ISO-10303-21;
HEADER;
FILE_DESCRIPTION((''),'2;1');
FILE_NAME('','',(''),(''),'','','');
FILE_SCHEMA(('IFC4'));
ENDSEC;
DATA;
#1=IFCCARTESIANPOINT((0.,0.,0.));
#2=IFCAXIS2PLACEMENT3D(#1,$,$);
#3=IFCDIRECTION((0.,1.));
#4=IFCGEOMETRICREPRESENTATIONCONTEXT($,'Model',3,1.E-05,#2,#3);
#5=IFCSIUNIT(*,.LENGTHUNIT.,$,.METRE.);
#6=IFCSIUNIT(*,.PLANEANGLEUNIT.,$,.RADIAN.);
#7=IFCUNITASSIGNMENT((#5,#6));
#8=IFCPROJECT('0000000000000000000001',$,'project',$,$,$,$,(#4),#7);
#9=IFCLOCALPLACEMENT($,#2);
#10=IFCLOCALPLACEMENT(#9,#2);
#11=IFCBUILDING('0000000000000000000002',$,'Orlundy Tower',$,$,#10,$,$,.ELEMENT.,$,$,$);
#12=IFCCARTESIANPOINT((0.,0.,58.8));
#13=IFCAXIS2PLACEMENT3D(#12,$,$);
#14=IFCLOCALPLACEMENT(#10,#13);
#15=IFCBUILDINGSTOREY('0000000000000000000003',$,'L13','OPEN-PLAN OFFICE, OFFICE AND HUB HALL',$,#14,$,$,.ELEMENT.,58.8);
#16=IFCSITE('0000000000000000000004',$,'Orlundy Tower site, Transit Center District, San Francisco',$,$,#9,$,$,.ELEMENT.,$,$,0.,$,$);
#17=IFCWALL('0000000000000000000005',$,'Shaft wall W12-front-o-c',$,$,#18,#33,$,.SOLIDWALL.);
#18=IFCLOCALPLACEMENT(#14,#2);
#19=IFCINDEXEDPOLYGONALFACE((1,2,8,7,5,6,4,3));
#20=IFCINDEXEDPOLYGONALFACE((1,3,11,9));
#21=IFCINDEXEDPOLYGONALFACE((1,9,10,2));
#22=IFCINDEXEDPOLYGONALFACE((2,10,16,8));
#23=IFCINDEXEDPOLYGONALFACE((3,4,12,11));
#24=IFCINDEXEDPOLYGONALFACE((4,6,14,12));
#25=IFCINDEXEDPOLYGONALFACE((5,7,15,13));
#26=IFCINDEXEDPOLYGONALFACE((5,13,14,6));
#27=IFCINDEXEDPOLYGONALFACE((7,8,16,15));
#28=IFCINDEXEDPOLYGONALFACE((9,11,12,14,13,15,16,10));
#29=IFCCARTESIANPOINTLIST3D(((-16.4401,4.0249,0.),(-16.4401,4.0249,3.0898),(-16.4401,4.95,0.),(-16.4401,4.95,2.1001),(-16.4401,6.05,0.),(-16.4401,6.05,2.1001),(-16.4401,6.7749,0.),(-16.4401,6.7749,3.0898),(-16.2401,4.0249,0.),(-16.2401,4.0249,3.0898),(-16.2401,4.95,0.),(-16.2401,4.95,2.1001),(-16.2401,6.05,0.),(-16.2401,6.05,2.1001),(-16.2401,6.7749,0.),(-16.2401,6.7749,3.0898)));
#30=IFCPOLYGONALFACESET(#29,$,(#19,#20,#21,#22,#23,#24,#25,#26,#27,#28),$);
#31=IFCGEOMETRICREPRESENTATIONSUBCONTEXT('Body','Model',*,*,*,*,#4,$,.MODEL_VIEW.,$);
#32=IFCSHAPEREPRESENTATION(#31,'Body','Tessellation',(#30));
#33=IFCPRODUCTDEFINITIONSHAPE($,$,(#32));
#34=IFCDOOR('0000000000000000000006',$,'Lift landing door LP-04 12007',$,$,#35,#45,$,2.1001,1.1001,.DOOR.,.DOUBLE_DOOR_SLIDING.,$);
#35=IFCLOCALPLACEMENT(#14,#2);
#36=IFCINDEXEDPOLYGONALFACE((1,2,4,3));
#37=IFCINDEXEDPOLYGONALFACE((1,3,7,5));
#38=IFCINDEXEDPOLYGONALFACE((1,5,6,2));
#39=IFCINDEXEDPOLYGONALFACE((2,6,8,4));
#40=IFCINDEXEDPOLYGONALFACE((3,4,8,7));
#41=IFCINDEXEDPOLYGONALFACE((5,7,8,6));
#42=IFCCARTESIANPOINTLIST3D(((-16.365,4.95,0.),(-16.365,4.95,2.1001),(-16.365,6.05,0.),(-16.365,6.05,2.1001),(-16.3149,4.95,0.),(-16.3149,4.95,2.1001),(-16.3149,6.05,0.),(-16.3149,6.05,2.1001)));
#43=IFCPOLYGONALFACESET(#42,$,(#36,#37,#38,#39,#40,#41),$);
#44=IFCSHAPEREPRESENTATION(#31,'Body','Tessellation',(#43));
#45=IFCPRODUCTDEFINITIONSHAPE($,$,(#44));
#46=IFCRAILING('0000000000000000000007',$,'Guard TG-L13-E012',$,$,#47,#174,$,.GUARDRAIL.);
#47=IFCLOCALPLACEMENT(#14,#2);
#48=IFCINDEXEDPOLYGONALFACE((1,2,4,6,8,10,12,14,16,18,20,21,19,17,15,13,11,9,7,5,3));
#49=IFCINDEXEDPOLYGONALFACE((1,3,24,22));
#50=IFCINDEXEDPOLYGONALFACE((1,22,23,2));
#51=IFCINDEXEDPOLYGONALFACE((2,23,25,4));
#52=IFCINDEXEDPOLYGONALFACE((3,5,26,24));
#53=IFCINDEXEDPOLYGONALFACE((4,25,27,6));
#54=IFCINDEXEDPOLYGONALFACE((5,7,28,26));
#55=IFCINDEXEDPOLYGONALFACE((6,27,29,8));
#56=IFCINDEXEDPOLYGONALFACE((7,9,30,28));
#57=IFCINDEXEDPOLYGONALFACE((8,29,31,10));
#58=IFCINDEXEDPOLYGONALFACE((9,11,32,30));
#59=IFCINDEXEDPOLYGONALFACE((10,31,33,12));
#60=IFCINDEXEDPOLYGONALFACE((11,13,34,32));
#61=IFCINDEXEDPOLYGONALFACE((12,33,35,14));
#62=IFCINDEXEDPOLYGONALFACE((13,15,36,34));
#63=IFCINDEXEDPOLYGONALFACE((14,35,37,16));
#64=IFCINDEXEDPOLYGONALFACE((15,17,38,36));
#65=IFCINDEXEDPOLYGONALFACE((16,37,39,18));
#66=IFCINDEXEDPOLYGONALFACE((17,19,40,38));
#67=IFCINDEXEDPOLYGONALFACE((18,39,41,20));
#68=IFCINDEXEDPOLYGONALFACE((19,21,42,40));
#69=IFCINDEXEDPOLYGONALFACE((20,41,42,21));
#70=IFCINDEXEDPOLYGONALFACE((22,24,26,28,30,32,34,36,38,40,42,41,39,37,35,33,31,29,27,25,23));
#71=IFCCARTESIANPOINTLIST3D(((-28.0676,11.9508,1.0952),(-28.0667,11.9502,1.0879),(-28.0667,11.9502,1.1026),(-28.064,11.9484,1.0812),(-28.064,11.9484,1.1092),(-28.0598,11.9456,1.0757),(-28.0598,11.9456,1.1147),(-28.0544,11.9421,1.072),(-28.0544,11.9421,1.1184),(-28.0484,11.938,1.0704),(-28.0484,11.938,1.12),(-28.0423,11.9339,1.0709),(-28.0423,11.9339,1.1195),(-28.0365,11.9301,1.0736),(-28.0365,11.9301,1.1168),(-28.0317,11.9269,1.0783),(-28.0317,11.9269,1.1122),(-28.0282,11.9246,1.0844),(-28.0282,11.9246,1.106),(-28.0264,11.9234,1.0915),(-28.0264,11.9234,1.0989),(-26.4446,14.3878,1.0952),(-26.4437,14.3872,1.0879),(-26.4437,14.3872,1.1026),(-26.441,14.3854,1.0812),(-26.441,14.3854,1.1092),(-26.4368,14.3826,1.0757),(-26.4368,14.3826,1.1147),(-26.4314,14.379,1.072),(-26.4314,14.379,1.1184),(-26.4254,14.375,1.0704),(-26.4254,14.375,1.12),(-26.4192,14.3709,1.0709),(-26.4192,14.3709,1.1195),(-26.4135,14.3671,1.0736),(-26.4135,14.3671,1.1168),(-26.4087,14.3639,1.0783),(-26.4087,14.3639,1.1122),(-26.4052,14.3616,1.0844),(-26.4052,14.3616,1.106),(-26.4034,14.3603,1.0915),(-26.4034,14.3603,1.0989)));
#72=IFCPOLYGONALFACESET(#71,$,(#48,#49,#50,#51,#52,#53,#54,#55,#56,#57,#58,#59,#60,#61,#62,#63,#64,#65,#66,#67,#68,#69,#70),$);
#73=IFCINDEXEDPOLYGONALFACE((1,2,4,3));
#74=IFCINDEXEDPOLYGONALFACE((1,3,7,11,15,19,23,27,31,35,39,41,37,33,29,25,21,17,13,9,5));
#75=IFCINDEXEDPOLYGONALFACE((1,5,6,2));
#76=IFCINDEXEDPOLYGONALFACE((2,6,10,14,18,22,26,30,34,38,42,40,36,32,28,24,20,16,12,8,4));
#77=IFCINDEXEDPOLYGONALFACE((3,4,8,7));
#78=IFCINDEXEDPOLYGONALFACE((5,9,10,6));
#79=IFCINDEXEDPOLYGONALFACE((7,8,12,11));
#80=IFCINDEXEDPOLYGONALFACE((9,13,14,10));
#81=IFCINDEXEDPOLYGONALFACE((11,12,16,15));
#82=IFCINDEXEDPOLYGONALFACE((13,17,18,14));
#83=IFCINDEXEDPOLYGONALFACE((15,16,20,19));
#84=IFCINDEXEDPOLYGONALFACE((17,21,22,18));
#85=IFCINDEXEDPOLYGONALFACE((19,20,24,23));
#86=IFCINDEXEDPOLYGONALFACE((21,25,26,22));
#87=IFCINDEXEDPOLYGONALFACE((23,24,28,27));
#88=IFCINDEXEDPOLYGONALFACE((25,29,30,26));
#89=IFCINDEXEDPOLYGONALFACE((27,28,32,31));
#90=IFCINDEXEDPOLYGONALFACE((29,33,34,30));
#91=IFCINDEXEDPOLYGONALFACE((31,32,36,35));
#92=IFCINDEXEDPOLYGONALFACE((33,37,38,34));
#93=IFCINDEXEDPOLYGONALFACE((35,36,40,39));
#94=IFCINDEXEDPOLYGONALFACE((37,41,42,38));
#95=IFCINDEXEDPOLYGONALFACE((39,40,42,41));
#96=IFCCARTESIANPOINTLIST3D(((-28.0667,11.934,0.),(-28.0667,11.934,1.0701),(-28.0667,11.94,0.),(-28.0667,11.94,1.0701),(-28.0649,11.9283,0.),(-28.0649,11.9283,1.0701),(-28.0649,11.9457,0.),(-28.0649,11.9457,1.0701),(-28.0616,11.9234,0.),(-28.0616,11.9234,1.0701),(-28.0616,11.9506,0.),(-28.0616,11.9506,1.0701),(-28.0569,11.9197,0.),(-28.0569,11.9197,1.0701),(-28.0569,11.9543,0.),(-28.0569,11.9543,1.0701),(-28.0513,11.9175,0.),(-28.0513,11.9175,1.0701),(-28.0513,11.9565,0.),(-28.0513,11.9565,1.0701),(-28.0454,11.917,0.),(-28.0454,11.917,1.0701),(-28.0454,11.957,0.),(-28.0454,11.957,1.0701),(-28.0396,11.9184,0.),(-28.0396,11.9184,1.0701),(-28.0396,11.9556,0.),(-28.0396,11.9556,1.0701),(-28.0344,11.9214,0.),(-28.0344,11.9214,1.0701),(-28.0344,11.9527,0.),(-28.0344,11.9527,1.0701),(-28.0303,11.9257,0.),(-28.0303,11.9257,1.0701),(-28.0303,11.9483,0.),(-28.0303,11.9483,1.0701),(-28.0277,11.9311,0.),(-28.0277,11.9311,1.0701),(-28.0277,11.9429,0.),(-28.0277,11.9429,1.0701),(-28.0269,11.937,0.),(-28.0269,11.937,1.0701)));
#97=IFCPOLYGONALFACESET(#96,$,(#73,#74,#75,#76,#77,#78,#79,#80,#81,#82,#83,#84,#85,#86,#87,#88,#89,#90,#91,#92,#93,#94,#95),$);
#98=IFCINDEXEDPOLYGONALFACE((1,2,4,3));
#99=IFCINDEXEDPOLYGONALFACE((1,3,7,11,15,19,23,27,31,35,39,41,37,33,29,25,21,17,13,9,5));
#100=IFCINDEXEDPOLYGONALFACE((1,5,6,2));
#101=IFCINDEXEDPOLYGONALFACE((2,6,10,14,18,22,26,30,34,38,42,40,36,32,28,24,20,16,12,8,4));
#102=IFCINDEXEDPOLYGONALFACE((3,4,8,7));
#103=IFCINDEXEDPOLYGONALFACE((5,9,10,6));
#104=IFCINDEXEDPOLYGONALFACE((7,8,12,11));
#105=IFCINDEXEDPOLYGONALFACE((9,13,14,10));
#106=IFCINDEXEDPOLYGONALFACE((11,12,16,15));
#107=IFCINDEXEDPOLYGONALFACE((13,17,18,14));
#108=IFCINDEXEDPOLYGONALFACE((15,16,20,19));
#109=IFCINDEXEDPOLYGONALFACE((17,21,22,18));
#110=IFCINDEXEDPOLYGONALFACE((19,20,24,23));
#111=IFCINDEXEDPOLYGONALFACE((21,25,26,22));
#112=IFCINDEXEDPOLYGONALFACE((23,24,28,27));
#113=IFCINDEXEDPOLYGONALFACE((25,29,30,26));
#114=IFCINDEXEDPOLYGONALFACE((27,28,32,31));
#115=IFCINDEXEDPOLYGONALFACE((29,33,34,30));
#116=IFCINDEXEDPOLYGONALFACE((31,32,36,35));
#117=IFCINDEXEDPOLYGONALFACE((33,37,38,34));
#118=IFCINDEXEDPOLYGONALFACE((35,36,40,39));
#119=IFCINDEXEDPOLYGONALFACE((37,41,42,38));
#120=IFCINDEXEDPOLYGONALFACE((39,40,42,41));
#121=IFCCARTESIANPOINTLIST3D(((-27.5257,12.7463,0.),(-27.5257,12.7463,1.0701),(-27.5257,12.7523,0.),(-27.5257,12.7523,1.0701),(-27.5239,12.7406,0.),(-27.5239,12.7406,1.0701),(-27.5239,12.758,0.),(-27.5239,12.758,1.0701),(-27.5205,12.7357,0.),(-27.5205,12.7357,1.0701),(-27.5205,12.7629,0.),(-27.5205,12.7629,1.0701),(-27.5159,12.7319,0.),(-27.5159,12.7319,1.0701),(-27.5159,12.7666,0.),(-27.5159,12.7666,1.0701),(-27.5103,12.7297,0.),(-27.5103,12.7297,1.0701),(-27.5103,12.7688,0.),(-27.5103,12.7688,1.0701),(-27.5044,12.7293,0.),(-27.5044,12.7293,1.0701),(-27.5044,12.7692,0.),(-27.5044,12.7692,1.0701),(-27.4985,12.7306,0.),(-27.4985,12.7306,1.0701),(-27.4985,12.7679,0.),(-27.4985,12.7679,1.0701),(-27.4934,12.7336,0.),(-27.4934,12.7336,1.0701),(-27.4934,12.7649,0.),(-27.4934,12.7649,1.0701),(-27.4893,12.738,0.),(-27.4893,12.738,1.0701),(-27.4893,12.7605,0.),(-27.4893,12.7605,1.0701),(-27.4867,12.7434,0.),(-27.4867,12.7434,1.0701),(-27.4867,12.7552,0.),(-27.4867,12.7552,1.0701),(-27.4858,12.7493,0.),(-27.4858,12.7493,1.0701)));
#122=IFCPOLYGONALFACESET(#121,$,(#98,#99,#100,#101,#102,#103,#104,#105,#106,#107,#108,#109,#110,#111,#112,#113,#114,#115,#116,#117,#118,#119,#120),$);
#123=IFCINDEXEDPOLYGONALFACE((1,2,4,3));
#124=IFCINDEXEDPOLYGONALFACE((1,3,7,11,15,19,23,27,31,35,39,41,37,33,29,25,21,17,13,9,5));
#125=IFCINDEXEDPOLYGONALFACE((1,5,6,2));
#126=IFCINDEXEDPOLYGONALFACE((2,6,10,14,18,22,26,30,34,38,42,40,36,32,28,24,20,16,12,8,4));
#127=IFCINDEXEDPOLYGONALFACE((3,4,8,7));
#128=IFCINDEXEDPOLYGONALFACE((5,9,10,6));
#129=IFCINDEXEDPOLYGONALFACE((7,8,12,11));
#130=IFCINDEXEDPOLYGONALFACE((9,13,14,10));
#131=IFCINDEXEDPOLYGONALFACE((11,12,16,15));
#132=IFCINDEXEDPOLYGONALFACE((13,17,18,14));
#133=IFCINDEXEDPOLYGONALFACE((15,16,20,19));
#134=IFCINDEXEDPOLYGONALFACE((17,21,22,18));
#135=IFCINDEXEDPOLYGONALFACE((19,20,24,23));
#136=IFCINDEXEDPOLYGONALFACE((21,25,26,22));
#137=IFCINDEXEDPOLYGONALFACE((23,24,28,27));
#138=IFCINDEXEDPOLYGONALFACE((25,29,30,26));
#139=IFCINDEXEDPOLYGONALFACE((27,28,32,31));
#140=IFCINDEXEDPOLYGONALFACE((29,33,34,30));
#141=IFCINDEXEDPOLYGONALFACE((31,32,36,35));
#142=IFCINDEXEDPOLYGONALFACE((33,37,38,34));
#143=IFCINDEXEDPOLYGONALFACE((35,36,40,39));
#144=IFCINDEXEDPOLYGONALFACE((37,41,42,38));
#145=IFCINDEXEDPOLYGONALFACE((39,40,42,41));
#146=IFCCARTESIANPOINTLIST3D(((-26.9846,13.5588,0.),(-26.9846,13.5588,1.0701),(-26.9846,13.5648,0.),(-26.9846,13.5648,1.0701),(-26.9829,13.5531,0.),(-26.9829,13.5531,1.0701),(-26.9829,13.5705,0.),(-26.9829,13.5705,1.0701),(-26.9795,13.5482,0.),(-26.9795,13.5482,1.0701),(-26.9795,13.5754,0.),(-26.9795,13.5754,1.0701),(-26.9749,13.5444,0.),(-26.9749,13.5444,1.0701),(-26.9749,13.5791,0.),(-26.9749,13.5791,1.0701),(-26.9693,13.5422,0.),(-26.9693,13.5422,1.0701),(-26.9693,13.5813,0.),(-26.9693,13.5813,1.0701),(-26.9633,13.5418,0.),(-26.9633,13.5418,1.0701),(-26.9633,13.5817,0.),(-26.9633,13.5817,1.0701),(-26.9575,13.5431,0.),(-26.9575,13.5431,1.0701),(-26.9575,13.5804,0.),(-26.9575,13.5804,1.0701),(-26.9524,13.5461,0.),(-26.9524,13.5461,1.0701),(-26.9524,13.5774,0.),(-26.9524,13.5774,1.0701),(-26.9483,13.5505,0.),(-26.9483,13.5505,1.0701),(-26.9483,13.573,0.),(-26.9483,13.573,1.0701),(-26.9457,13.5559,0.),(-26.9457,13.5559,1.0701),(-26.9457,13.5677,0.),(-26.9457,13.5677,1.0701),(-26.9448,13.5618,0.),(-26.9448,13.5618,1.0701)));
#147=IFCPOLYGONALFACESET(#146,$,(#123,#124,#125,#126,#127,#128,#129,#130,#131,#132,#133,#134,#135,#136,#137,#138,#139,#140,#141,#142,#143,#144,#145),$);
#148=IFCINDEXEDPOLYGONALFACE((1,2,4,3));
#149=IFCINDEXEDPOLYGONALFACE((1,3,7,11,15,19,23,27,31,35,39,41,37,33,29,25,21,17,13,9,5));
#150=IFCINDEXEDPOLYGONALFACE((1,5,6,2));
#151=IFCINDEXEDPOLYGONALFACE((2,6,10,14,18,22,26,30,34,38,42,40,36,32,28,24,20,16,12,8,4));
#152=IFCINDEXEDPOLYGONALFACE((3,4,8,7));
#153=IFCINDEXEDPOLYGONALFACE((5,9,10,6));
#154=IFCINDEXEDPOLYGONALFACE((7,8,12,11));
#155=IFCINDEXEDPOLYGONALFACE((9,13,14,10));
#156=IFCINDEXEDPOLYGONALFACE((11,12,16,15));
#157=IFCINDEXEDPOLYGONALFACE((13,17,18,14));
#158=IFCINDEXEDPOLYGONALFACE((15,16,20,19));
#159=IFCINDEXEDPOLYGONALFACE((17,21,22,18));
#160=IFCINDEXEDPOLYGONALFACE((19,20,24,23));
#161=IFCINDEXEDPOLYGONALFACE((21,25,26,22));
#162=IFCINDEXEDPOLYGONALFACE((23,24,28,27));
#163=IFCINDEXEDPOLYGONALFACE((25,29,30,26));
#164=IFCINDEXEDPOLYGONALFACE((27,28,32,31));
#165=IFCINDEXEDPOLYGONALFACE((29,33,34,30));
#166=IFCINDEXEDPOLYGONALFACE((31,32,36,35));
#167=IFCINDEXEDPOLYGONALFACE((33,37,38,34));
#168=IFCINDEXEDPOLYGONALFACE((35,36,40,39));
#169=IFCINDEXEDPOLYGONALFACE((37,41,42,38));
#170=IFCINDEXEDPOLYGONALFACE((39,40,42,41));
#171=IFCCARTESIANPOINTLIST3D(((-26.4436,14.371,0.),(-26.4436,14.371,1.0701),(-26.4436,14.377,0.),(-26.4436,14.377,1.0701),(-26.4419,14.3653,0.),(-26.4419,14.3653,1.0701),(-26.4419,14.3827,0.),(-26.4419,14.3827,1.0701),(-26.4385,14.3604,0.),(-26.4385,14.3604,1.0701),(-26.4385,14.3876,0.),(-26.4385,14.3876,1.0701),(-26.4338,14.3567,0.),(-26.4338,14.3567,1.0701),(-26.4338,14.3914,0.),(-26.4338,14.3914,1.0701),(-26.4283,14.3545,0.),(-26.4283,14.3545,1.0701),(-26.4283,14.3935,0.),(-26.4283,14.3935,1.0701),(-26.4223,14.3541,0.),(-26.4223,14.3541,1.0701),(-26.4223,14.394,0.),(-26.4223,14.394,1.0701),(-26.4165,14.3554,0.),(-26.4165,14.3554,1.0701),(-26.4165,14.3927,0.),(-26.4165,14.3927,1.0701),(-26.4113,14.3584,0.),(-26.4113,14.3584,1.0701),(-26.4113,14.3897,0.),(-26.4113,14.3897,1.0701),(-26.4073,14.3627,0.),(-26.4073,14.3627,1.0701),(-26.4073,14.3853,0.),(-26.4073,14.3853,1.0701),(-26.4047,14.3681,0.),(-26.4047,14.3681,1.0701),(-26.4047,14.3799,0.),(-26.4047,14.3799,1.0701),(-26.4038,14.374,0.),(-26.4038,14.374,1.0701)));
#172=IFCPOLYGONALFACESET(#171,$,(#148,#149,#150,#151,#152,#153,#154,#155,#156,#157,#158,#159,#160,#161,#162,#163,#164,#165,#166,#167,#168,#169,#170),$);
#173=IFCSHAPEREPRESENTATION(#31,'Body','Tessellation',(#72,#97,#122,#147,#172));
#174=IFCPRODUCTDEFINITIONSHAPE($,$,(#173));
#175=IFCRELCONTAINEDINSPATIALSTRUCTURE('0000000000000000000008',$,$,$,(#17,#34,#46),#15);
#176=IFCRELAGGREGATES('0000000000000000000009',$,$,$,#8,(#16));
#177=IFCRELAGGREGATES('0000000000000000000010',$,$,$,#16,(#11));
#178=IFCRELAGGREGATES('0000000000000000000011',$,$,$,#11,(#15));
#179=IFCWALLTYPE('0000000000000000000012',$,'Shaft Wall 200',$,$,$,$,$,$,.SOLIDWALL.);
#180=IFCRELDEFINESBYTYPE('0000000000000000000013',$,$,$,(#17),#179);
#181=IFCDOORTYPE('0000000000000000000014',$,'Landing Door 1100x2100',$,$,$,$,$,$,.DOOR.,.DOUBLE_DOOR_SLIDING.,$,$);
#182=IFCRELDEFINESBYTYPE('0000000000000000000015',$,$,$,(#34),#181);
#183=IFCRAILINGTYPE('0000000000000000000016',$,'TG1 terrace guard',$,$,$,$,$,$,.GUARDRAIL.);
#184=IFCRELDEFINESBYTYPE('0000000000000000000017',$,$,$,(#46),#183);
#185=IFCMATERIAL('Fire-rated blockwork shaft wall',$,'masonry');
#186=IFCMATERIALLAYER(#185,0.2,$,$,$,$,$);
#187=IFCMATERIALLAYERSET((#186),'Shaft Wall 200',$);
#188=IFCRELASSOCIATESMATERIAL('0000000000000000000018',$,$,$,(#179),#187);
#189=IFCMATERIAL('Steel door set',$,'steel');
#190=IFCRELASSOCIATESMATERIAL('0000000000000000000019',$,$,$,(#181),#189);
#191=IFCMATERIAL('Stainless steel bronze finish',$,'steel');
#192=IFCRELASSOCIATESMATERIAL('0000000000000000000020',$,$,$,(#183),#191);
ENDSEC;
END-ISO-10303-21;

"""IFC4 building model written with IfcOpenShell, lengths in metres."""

from ifc_helpers import new_model, si_unit, direction, frame, frame_2d, origin, origin_2d, place, context, subcontext, project, spatial, rectangle, circle, extrude, material, layer, layer_set, type_object, element, fill, save


model = new_model("IFC4")

# Units and contexts
model_context = context("Model", 3, precision=1e-05, world=origin(), true_north=direction((0.0, 1.0)))
body_context = subcontext(model_context, "Body", "Model", "MODEL_VIEW")
ifc_project = project(units=[si_unit("LENGTHUNIT", "METRE"), si_unit("PLANEANGLEUNIT", "RADIAN")], contexts=[model_context])

# Site, building, storey
site_placement = place(None, origin())
site = spatial("IfcSite", under=ifc_project, at=site_placement, Name="Orlundy Tower site, Transit Center District, San Francisco", CompositionType="ELEMENT", RefElevation=0.0)
building_placement = place(site_placement, origin())
building = spatial("IfcBuilding", under=site, at=building_placement, Name="Orlundy Tower", CompositionType="ELEMENT")
storey_placement = place(building_placement, frame((0.0, 0.0, 58.8)))
storey = spatial("IfcBuildingStorey", under=building, at=storey_placement, Name="L13", Description="OPEN-PLAN OFFICE, OFFICE AND HUB HALL", CompositionType="ELEMENT", Elevation=58.8)

# Wall, opening, door
ifc_material_1 = material(Name="Fire-rated blockwork shaft wall", Category="masonry")
ifc_layer_1 = layer(ifc_material_1, 0.2)
ifc_layer_set_1 = layer_set([ifc_layer_1], Name="Shaft Wall 200")
wall_type_1 = type_object("IfcWallType", Name="Shaft Wall 200", PredefinedType="SOLIDWALL", material=ifc_layer_set_1)
wall_1_placement = place(storey_placement, frame((-16.3401, 4.0249, 0.0), z_axis=(0.0, 0.0, 1.0), x_axis=(0.0, 1.0, 0.0)))
wall_1 = element("IfcWall", 1, at=wall_1_placement, inside=storey, type_object=wall_type_1, Name="Shaft wall W12-front-o-c", PredefinedType="SOLIDWALL", context=body_context, shape_type="SweptSolid", body=[
    extrude(rectangle(XDim=2.75, YDim=0.2, at=frame_2d((1.375, 0.0))), origin(), (0.0, 0.0, 1.0), 3.0898),
])
opening_1_placement = place(wall_1_placement, frame((0.925, 0.0, 0.0)))
opening_1 = element("IfcOpeningElement", 2, at=opening_1_placement, cuts=wall_1, PredefinedType="OPENING", context=body_context, shape_type="SweptSolid", body=[
    extrude(rectangle(XDim=1.1001, YDim=2.1001, at=frame_2d((0.55, 1.05))), frame((0.0, 0.1101, 0.0), z_axis=(0.0, -1.0, 0.0), x_axis=(1.0, 0.0, 0.0)), (0.0, 0.0, 1.0), 0.2202),
])
ifc_material_2 = material(Name="Steel door set", Category="steel")
door_type_1 = type_object("IfcDoorType", Name="Landing Door 1100x2100", OperationType="DOUBLE_DOOR_SLIDING", PredefinedType="DOOR", material=ifc_material_2)
door_1_placement = place(opening_1_placement, origin())
door_1 = element("IfcDoor", 3, at=door_1_placement, inside=storey, type_object=door_type_1, Name="Lift landing door LP-04 12007", OperationType="DOUBLE_DOOR_SLIDING", OverallHeight=2.1001, OverallWidth=1.1001, PredefinedType="DOOR", context=body_context, shape_type="SweptSolid", body=[
    extrude(rectangle(XDim=1.1001, YDim=2.1001, at=frame_2d((0.55, 1.05))), frame((0.0, 0.0249, 0.0), z_axis=(0.0, -1.0, 0.0), x_axis=(1.0, 0.0, 0.0)), (0.0, 0.0, 1.0), 0.05),
])
fill(opening_1, door_1)

# Railing
ifc_material_3 = material(Name="Stainless steel bronze finish", Category="steel")
railing_type = type_object("IfcRailingType", Name="TG1 terrace guard", PredefinedType="GUARDRAIL", material=ifc_material_3)
railing_1_placement = place(storey_placement, frame((-28.0469, 11.937, 0.0)))
element("IfcRailing", 4, at=railing_1_placement, inside=storey, type_object=railing_type, Name="Guard TG-L13-E012", PredefinedType="GUARDRAIL", context=body_context, shape_type="SweptSolid", body=[
    extrude(circle(Radius=0.0249, at=origin_2d()), frame((0.0, 0.0, 1.0952), z_axis=(0.554315, 0.832307, 0.0), x_axis=(-0.832307, 0.554315, 0.0)), (0.0, 0.0, 1.0), 2.928),
    extrude(circle(Radius=0.02, at=origin_2d()), origin(), (0.0, 0.0, 1.0), 1.0701),
    extrude(circle(Radius=0.02, at=origin_2d()), frame((0.541, 0.8123, 0.0)), (0.0, 0.0, 1.0), 1.0701),
    extrude(circle(Radius=0.02, at=origin_2d()), frame((1.082, 1.6248, 0.0)), (0.0, 0.0, 1.0), 1.0701),
    extrude(circle(Radius=0.02, at=origin_2d()), frame((1.623, 2.437, 0.0)), (0.0, 0.0, 1.0), 1.0701),
])

save(model, "model.ifc")
